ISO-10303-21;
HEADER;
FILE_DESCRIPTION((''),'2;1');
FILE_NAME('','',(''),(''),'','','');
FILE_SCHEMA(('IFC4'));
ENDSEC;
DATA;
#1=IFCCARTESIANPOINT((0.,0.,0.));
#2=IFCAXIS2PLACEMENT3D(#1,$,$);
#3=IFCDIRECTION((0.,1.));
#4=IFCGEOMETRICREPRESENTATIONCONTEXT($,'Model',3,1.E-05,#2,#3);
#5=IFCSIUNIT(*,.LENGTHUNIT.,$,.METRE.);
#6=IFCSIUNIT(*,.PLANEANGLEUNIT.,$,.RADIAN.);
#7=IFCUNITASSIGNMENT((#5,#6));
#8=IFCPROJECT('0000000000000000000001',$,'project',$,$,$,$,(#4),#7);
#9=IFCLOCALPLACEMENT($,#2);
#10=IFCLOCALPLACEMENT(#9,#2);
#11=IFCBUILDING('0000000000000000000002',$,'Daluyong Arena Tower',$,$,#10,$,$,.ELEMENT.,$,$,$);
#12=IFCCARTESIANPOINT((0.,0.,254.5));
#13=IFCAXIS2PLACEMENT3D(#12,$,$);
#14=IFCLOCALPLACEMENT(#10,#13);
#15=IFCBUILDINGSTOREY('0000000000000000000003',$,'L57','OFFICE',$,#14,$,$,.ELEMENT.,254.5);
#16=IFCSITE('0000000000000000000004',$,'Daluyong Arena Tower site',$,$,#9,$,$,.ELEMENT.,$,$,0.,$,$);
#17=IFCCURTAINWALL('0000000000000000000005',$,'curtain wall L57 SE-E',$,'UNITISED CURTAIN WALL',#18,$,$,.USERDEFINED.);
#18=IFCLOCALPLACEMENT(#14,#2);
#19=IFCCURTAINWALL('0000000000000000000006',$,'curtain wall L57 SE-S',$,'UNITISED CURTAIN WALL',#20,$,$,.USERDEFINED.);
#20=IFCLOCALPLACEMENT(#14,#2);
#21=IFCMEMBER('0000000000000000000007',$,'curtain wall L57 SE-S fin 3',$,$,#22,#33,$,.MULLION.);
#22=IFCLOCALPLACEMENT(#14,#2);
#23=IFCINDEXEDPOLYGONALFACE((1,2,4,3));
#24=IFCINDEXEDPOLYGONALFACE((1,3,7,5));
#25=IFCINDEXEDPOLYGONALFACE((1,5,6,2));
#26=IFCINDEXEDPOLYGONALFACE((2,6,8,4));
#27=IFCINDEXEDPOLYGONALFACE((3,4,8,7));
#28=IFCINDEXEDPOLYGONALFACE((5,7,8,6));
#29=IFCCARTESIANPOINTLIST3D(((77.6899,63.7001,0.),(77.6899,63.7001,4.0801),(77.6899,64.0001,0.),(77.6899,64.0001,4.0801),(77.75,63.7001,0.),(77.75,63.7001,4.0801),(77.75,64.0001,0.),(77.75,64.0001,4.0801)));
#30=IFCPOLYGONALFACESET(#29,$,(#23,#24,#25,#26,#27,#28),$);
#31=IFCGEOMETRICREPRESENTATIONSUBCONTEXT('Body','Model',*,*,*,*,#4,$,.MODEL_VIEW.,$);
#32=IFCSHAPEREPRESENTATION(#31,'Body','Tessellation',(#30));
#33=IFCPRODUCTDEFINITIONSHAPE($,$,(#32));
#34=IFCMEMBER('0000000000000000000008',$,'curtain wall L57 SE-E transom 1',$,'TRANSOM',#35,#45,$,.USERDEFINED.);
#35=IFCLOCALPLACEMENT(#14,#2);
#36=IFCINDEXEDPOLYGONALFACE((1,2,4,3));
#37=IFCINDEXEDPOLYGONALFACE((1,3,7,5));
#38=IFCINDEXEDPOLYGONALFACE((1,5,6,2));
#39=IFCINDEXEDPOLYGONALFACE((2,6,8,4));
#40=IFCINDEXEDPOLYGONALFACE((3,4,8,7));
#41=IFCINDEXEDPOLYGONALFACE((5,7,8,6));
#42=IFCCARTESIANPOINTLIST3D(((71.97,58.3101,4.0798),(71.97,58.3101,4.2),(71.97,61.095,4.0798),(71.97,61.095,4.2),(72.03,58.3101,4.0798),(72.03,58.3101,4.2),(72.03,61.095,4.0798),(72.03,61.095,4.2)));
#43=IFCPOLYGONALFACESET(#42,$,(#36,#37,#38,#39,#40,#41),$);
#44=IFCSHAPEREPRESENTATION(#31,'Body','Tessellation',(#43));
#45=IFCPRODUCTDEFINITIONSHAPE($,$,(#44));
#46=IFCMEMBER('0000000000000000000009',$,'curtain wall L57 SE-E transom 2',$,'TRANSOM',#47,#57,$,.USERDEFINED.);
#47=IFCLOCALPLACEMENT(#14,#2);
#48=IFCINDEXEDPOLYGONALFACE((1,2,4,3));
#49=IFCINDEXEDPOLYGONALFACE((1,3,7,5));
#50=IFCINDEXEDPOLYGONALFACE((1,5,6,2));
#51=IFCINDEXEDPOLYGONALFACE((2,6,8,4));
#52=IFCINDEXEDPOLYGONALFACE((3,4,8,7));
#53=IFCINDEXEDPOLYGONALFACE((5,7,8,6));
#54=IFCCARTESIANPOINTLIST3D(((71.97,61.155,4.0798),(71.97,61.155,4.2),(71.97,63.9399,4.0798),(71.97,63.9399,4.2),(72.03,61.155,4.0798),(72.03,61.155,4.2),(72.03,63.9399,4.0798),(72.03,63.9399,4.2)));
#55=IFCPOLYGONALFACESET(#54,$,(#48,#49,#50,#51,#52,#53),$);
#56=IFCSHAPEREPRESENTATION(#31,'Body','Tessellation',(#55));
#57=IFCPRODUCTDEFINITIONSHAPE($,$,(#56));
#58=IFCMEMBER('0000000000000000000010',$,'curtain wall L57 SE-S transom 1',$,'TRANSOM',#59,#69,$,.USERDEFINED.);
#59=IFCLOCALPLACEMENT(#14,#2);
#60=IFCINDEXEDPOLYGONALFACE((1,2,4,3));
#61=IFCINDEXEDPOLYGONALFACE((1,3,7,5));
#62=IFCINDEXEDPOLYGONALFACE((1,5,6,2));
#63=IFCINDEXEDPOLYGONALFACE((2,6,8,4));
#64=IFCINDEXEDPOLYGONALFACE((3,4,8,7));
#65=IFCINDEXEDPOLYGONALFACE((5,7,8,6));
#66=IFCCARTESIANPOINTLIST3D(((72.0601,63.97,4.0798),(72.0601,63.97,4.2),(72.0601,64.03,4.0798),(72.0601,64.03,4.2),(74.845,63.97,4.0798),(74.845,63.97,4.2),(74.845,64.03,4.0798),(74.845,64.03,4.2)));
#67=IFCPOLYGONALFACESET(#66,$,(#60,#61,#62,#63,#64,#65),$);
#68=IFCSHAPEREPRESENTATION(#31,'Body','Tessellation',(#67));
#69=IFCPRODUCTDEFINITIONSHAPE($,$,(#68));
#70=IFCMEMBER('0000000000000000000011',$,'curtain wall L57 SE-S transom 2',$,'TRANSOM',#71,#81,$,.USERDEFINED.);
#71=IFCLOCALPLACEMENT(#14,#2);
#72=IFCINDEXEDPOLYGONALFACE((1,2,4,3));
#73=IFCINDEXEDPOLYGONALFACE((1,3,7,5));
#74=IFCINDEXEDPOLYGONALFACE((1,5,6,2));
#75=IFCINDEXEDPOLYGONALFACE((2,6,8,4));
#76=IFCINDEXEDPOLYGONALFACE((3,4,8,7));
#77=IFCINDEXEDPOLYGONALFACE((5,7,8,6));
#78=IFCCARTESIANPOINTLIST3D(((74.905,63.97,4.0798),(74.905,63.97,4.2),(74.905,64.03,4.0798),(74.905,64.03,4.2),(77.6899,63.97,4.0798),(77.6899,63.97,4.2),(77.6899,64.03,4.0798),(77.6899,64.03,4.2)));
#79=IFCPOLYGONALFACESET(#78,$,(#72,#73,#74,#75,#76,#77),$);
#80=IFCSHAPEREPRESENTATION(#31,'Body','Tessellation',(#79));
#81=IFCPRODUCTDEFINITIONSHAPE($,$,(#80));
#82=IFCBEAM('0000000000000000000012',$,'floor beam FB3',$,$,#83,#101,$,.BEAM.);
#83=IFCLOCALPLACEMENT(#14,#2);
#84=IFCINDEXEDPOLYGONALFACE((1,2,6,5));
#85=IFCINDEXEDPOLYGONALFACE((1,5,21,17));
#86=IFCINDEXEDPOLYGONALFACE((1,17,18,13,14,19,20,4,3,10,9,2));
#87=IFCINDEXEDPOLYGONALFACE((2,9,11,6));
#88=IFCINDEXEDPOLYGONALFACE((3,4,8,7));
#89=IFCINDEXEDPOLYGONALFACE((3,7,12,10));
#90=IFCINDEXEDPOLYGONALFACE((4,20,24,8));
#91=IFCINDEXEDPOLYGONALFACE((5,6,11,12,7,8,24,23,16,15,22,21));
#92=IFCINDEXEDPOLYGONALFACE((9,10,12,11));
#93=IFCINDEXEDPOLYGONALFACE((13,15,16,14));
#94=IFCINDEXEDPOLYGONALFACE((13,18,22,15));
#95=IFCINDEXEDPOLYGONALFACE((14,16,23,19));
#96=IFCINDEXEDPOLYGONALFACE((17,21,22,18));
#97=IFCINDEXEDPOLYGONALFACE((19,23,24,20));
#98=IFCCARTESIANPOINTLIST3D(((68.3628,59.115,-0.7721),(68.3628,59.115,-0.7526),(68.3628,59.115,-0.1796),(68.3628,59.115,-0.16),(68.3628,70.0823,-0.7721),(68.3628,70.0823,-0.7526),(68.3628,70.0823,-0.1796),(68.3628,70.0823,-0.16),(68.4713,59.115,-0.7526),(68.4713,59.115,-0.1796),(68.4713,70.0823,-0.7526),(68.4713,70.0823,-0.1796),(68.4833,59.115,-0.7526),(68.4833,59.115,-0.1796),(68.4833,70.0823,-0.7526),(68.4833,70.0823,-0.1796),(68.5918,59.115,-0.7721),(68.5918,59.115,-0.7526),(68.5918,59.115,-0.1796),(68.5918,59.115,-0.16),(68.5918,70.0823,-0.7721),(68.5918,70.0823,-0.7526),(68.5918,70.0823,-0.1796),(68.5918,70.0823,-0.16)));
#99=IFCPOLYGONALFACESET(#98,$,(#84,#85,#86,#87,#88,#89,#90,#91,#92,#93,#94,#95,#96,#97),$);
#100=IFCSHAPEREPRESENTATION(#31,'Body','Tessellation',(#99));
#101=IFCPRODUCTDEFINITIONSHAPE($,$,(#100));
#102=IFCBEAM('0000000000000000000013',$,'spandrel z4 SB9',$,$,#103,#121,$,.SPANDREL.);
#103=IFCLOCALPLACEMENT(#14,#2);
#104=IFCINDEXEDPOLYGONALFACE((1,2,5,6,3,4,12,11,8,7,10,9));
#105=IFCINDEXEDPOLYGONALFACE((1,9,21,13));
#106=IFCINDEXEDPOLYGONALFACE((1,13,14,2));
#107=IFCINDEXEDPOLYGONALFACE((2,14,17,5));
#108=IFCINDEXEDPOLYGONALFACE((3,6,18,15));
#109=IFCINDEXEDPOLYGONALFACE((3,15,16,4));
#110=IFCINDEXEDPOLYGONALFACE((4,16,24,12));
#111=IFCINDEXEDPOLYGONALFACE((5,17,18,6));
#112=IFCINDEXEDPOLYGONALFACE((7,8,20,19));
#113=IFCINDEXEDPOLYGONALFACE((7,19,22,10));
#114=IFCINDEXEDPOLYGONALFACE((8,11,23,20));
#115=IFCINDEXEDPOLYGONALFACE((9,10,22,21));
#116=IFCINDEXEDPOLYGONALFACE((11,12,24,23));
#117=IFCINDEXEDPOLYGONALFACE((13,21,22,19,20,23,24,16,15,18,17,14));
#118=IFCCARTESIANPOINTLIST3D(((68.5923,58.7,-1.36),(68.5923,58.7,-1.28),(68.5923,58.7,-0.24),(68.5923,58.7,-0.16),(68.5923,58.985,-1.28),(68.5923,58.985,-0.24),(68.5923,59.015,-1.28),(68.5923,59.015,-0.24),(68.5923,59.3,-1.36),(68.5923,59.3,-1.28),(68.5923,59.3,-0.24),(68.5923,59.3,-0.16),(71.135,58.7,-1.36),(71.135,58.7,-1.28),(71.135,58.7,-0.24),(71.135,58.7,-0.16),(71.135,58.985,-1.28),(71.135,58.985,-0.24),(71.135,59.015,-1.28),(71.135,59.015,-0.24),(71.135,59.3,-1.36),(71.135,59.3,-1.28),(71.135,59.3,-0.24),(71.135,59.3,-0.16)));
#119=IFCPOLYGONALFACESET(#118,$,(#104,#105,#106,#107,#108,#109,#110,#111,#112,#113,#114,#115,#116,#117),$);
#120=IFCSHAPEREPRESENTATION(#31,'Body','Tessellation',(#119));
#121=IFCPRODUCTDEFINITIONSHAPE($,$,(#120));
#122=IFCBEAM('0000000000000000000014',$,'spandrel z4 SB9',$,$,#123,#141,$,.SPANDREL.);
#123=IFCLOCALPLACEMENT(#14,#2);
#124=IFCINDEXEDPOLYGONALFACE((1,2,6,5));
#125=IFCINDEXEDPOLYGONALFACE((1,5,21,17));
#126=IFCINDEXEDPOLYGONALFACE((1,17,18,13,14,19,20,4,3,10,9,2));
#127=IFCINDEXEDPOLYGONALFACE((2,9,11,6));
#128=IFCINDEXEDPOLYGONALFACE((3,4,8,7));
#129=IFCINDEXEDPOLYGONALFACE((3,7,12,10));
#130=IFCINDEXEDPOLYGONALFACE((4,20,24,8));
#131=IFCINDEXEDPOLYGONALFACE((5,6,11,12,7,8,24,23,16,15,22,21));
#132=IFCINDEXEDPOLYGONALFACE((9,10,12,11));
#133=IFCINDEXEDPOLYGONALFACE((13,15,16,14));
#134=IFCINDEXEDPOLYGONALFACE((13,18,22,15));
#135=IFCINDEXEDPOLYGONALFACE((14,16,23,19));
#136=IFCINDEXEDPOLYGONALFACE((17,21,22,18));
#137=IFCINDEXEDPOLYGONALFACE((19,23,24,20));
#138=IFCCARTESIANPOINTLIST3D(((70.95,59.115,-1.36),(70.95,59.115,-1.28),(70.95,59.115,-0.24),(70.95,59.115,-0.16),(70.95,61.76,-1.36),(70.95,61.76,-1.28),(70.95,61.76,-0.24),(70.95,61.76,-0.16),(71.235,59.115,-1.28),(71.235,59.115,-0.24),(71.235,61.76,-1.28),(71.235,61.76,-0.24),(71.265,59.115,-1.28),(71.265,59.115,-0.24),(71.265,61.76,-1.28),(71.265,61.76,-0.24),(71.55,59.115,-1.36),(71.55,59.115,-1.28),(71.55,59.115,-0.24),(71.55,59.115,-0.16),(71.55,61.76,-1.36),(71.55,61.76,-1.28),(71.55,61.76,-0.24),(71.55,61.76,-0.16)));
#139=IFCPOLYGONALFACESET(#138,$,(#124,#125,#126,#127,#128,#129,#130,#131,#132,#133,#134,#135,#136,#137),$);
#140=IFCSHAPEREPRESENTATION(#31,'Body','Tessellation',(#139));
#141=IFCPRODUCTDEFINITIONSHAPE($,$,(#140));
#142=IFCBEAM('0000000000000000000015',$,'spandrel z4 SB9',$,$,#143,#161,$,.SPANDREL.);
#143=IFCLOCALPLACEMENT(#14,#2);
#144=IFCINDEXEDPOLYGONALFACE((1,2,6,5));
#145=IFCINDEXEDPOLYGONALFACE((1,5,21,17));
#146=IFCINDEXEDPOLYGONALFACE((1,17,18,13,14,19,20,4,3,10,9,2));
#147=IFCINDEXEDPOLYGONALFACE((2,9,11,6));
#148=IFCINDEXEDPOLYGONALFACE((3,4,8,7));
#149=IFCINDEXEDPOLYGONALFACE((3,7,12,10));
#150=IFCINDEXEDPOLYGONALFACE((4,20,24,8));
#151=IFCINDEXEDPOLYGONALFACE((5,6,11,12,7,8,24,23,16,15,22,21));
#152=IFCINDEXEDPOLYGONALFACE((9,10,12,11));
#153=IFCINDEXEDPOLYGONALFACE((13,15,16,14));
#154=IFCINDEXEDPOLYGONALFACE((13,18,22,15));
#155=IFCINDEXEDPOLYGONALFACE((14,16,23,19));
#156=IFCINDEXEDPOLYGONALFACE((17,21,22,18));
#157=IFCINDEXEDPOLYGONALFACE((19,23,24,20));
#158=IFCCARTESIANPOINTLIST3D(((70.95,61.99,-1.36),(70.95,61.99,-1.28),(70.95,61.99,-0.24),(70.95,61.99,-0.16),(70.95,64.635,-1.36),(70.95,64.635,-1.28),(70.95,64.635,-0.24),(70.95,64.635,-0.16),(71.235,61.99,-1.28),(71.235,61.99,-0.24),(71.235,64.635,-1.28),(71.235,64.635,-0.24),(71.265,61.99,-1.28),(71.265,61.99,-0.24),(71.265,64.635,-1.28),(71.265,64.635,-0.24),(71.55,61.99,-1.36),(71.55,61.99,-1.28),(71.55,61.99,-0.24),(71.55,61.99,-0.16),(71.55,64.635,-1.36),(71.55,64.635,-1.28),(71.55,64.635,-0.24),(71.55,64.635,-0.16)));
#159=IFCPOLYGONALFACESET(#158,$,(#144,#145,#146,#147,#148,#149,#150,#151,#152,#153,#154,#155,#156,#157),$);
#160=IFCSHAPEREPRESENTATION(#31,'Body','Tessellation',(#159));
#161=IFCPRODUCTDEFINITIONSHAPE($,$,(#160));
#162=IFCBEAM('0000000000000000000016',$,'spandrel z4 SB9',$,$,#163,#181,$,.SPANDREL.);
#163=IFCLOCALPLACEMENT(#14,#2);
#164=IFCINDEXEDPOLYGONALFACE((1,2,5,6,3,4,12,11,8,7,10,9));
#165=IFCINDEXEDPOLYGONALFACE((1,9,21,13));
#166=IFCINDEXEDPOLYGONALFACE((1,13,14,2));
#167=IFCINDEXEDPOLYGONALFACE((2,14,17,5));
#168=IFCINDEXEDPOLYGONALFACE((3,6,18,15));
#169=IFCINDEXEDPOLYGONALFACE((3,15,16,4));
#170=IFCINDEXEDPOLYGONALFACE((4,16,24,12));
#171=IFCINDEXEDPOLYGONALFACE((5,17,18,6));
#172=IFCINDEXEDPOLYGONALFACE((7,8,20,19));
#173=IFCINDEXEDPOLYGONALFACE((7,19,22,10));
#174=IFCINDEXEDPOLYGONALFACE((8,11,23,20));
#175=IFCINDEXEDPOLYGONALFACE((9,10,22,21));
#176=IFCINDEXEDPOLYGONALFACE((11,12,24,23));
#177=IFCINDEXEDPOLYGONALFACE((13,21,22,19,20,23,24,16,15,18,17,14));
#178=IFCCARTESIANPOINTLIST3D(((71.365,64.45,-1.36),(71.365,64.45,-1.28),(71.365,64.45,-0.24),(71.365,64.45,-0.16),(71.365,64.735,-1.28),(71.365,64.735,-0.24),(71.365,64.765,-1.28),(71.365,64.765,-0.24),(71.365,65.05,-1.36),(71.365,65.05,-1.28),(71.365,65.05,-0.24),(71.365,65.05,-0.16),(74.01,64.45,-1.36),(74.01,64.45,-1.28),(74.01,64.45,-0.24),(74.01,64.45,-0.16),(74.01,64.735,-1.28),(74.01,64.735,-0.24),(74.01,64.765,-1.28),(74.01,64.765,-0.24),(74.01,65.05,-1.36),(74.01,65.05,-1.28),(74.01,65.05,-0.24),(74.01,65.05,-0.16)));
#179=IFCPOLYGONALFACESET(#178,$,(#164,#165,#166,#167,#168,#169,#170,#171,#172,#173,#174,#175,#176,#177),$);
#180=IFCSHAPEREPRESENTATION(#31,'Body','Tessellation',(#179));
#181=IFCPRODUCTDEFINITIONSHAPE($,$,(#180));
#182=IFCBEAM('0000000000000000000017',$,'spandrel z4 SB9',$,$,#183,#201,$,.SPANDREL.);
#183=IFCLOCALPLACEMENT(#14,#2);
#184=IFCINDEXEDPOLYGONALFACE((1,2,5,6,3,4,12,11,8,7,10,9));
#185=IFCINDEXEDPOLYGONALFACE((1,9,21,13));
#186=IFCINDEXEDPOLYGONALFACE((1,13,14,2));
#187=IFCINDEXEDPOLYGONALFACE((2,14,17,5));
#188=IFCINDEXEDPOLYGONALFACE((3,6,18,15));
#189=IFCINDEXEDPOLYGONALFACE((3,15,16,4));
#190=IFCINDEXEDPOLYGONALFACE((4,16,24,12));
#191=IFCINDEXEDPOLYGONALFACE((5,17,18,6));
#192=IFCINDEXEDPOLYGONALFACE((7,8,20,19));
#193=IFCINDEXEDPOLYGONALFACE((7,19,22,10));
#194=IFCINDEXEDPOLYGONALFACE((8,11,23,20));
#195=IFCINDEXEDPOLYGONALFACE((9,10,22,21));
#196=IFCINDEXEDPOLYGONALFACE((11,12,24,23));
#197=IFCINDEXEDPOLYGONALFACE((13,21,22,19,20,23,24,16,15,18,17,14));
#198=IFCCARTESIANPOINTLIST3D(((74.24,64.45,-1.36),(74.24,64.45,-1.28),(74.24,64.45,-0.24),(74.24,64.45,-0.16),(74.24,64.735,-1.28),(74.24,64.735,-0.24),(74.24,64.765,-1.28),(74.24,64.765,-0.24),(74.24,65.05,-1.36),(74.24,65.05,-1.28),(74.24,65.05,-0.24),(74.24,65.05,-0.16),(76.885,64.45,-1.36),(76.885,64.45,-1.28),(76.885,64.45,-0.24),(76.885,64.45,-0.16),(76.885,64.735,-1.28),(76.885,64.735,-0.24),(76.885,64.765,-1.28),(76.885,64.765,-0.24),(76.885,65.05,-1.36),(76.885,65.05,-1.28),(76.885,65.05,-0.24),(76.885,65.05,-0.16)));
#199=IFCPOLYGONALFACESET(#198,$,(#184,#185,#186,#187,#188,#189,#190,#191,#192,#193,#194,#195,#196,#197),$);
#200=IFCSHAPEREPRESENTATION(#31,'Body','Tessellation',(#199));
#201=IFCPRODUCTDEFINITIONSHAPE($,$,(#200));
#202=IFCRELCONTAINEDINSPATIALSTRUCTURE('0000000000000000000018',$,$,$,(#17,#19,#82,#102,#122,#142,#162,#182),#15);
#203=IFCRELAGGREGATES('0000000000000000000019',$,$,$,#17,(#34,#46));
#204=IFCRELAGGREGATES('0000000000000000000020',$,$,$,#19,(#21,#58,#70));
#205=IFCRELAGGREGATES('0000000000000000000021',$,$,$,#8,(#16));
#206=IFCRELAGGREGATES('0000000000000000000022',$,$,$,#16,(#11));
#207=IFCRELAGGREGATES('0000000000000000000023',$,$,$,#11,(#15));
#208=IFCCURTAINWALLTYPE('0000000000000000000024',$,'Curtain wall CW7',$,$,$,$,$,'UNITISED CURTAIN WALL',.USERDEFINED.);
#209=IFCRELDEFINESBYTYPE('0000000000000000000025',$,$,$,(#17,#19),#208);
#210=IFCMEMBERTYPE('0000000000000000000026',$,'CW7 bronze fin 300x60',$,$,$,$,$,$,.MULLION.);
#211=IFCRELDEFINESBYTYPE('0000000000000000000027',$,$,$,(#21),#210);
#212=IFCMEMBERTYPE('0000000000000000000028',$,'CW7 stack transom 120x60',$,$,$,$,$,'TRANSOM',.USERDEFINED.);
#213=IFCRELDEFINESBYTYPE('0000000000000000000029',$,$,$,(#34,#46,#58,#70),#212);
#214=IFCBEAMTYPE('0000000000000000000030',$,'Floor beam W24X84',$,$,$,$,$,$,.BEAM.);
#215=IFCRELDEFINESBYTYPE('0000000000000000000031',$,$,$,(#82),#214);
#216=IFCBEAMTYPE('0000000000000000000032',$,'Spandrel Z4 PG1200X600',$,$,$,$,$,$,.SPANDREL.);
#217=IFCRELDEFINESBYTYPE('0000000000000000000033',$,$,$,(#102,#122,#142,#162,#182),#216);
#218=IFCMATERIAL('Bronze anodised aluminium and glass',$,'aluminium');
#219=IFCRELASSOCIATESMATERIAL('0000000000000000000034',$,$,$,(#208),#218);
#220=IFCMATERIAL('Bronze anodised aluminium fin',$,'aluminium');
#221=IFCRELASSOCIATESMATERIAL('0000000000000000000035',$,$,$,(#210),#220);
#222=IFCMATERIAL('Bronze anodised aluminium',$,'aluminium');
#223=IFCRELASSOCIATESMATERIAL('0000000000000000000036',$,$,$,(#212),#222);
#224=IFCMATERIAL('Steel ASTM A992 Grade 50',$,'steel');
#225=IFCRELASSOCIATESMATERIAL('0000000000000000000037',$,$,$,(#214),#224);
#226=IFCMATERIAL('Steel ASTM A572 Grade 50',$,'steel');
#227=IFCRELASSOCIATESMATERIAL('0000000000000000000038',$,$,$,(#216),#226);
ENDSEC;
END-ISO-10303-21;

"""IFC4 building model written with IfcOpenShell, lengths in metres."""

from ifc_helpers import new_model, si_unit, direction, frame, origin, origin_2d, place, context, subcontext, project, spatial, rectangle, i_section, extrude, material, material_profile, profile_set, type_object, element, aggregate, save


model = new_model("IFC4")

# Units and contexts
model_context = context("Model", 3, precision=1e-05, world=origin(), true_north=direction((0.0, 1.0)))
body_context = subcontext(model_context, "Body", "Model", "MODEL_VIEW")
ifc_project = project(units=[si_unit("LENGTHUNIT", "METRE"), si_unit("PLANEANGLEUNIT", "RADIAN")], contexts=[model_context])

# Site, building, storey
site_placement = place(None, origin())
site = spatial("IfcSite", under=ifc_project, at=site_placement, Name="Daluyong Arena Tower site", CompositionType="ELEMENT", RefElevation=0.0)
building_placement = place(site_placement, origin())
building = spatial("IfcBuilding", under=site, at=building_placement, Name="Daluyong Arena Tower", CompositionType="ELEMENT")
storey_placement = place(building_placement, frame((0.0, 0.0, 254.5)))
storey = spatial("IfcBuildingStorey", under=building, at=storey_placement, Name="L57", Description="OFFICE", CompositionType="ELEMENT", Elevation=254.5)

# Curtain walls, member
ifc_material_1 = material(Name="Bronze anodised aluminium and glass", Category="aluminium")
curtain_wall_type_1 = type_object("IfcCurtainWallType", Name="Curtain wall CW7", ElementType="UNITISED CURTAIN WALL", PredefinedType="USERDEFINED", material=ifc_material_1)
curtain_wall_1_placement = place(storey_placement, origin())
curtain_wall_1 = element("IfcCurtainWall", 1, at=curtain_wall_1_placement, inside=storey, type_object=curtain_wall_type_1, Name="curtain wall L57 SE-E", ObjectType="UNITISED CURTAIN WALL", PredefinedType="USERDEFINED")
ifc_material_2 = material(Name="Bronze anodised aluminium fin", Category="aluminium")
ifc_material_profile_1 = material_profile(ifc_material_2, rectangle(XDim=0.3, YDim=0.0601, at=origin_2d()))
ifc_profile_set_1 = profile_set([ifc_material_profile_1], Name="Bronze anodised aluminium fin")
member_type_1 = type_object("IfcMemberType", Name="CW7 bronze fin 300x60", PredefinedType="MULLION", material=ifc_profile_set_1)
curtain_wall_2_placement = place(storey_placement, origin())
curtain_wall_2 = element("IfcCurtainWall", 2, at=curtain_wall_2_placement, inside=storey, type_object=curtain_wall_type_1, Name="curtain wall L57 SE-S", ObjectType="UNITISED CURTAIN WALL", PredefinedType="USERDEFINED")
member_1_placement = place(storey_placement, frame((77.72, 63.8501, 0.0), z_axis=(0.0, 0.0, 1.0), x_axis=(0.0, 1.0, 0.0)))
member_1 = element("IfcMember", 3, at=member_1_placement, type_object=member_type_1, Name="curtain wall L57 SE-S fin 3", PredefinedType="MULLION", context=body_context, shape_type="SweptSolid", body=[
    extrude(rectangle(XDim=0.3, YDim=0.0601, at=origin_2d()), origin(), (0.0, 0.0, 1.0), 4.0801),
])

# Members
ifc_material_3 = material(Name="Bronze anodised aluminium", Category="aluminium")
ifc_material_profile_2 = material_profile(ifc_material_3, rectangle(XDim=0.0601, YDim=0.1201, at=origin_2d()))
ifc_profile_set_2 = profile_set([ifc_material_profile_2], Name="Bronze anodised aluminium")
member_type_2 = type_object("IfcMemberType", Name="CW7 stack transom 120x60", ElementType="TRANSOM", PredefinedType="USERDEFINED", material=ifc_profile_set_2)
member_2_placement = place(storey_placement, frame((72.0, 58.3101, 4.1399), z_axis=(0.0, 1.0, 0.0), x_axis=(-1.0, 0.0, 0.0)))
member_2 = element("IfcMember", 4, at=member_2_placement, type_object=member_type_2, Name="curtain wall L57 SE-E transom 1", ObjectType="TRANSOM", PredefinedType="USERDEFINED", context=body_context, shape_type="SweptSolid", body=[
    extrude(rectangle(XDim=0.0601, YDim=0.1201, at=origin_2d()), origin(), (0.0, 0.0, 1.0), 2.7849),
])
member_3_placement = place(storey_placement, frame((72.0, 61.155, 4.1399), z_axis=(0.0, 1.0, 0.0), x_axis=(-1.0, 0.0, 0.0)))
member_3 = element("IfcMember", 5, at=member_3_placement, type_object=member_type_2, Name="curtain wall L57 SE-E transom 2", ObjectType="TRANSOM", PredefinedType="USERDEFINED", context=body_context, shape_type="SweptSolid", body=[
    extrude(rectangle(XDim=0.0601, YDim=0.1201, at=origin_2d()), origin(), (0.0, 0.0, 1.0), 2.7849),
])
member_4_placement = place(storey_placement, frame((72.0601, 64.0, 4.1399), z_axis=(1.0, 0.0, 0.0), x_axis=(0.0, 1.0, 0.0)))
member_4 = element("IfcMember", 6, at=member_4_placement, type_object=member_type_2, Name="curtain wall L57 SE-S transom 1", ObjectType="TRANSOM", PredefinedType="USERDEFINED", context=body_context, shape_type="SweptSolid", body=[
    extrude(rectangle(XDim=0.0601, YDim=0.1201, at=origin_2d()), origin(), (0.0, 0.0, 1.0), 2.7849),
])
member_5_placement = place(storey_placement, frame((74.905, 64.0, 4.1399), z_axis=(1.0, 0.0, 0.0), x_axis=(0.0, 1.0, 0.0)))
member_5 = element("IfcMember", 7, at=member_5_placement, type_object=member_type_2, Name="curtain wall L57 SE-S transom 2", ObjectType="TRANSOM", PredefinedType="USERDEFINED", context=body_context, shape_type="SweptSolid", body=[
    extrude(rectangle(XDim=0.0601, YDim=0.1201, at=origin_2d()), origin(), (0.0, 0.0, 1.0), 2.7849),
])

# Beams
ifc_material_4 = material(Name="Steel ASTM A992 Grade 50", Category="steel")
ifc_material_profile_3 = material_profile(ifc_material_4, i_section(OverallWidth=0.229, OverallDepth=0.6121, WebThickness=0.012, FlangeThickness=0.0195, at=origin_2d()))
ifc_profile_set_3 = profile_set([ifc_material_profile_3], Name="Steel ASTM A992 Grade 50")
beam_type_1 = type_object("IfcBeamType", Name="Floor beam W24X84", PredefinedType="BEAM", material=ifc_profile_set_3)
beam_1_placement = place(storey_placement, frame((68.4773, 59.115, -0.4661), z_axis=(0.0, 1.0, 0.0), x_axis=(-1.0, 0.0, 0.0)))
element("IfcBeam", 8, at=beam_1_placement, inside=storey, type_object=beam_type_1, Name="floor beam FB3", PredefinedType="BEAM", context=body_context, shape_type="SweptSolid", body=[
    extrude(i_section(OverallWidth=0.229, OverallDepth=0.6121, WebThickness=0.012, FlangeThickness=0.0195, at=origin_2d()), origin(), (0.0, 0.0, 1.0), 10.9673),
])
ifc_material_5 = material(Name="Steel ASTM A572 Grade 50", Category="steel")
ifc_material_profile_4 = material_profile(ifc_material_5, i_section(OverallWidth=0.6001, OverallDepth=1.2, WebThickness=0.03, FlangeThickness=0.08, at=origin_2d()))
ifc_profile_set_4 = profile_set([ifc_material_profile_4], Name="Steel ASTM A572 Grade 50")
beam_type_2 = type_object("IfcBeamType", Name="Spandrel Z4 PG1200X600", PredefinedType="SPANDREL", material=ifc_profile_set_4)
beam_2_placement = place(storey_placement, frame((68.5923, 59.0, -0.76), z_axis=(1.0, 0.0, 0.0), x_axis=(0.0, 1.0, 0.0)))
element("IfcBeam", 9, at=beam_2_placement, inside=storey, type_object=beam_type_2, Name="spandrel z4 SB9", PredefinedType="SPANDREL", context=body_context, shape_type="SweptSolid", body=[
    extrude(i_section(OverallWidth=0.6001, OverallDepth=1.2, WebThickness=0.03, FlangeThickness=0.08, at=origin_2d()), origin(), (0.0, 0.0, 1.0), 2.5427),
])
for number, where, z_axis, x_axis, name in (
    (10, (71.25, 59.115, -0.76), (0.0, 1.0, 0.0), (-1.0, 0.0, 0.0), "spandrel z4 SB9"),
    (11, (71.25, 61.99, -0.76), (0.0, 1.0, 0.0), (-1.0, 0.0, 0.0), "spandrel z4 SB9"),
    (12, (71.365, 64.75, -0.76), (1.0, 0.0, 0.0), (0.0, 1.0, 0.0), "spandrel z4 SB9"),
    (13, (74.24, 64.75, -0.76), (1.0, 0.0, 0.0), (0.0, 1.0, 0.0), "spandrel z4 SB9"),
):
    element("IfcBeam", number, at=place(storey_placement, frame(where, z_axis=z_axis, x_axis=x_axis)), inside=storey, type_object=beam_type_2, Name=name, PredefinedType="SPANDREL", context=body_context, shape_type="SweptSolid", body=[
        extrude(i_section(OverallWidth=0.6001, OverallDepth=1.2, WebThickness=0.03, FlangeThickness=0.08, at=origin_2d()), origin(), (0.0, 0.0, 1.0), 2.645),
    ])

aggregate(curtain_wall_1, [member_2, member_3])
aggregate(curtain_wall_2, [member_1, member_4, member_5])

save(model, "model.ifc")
